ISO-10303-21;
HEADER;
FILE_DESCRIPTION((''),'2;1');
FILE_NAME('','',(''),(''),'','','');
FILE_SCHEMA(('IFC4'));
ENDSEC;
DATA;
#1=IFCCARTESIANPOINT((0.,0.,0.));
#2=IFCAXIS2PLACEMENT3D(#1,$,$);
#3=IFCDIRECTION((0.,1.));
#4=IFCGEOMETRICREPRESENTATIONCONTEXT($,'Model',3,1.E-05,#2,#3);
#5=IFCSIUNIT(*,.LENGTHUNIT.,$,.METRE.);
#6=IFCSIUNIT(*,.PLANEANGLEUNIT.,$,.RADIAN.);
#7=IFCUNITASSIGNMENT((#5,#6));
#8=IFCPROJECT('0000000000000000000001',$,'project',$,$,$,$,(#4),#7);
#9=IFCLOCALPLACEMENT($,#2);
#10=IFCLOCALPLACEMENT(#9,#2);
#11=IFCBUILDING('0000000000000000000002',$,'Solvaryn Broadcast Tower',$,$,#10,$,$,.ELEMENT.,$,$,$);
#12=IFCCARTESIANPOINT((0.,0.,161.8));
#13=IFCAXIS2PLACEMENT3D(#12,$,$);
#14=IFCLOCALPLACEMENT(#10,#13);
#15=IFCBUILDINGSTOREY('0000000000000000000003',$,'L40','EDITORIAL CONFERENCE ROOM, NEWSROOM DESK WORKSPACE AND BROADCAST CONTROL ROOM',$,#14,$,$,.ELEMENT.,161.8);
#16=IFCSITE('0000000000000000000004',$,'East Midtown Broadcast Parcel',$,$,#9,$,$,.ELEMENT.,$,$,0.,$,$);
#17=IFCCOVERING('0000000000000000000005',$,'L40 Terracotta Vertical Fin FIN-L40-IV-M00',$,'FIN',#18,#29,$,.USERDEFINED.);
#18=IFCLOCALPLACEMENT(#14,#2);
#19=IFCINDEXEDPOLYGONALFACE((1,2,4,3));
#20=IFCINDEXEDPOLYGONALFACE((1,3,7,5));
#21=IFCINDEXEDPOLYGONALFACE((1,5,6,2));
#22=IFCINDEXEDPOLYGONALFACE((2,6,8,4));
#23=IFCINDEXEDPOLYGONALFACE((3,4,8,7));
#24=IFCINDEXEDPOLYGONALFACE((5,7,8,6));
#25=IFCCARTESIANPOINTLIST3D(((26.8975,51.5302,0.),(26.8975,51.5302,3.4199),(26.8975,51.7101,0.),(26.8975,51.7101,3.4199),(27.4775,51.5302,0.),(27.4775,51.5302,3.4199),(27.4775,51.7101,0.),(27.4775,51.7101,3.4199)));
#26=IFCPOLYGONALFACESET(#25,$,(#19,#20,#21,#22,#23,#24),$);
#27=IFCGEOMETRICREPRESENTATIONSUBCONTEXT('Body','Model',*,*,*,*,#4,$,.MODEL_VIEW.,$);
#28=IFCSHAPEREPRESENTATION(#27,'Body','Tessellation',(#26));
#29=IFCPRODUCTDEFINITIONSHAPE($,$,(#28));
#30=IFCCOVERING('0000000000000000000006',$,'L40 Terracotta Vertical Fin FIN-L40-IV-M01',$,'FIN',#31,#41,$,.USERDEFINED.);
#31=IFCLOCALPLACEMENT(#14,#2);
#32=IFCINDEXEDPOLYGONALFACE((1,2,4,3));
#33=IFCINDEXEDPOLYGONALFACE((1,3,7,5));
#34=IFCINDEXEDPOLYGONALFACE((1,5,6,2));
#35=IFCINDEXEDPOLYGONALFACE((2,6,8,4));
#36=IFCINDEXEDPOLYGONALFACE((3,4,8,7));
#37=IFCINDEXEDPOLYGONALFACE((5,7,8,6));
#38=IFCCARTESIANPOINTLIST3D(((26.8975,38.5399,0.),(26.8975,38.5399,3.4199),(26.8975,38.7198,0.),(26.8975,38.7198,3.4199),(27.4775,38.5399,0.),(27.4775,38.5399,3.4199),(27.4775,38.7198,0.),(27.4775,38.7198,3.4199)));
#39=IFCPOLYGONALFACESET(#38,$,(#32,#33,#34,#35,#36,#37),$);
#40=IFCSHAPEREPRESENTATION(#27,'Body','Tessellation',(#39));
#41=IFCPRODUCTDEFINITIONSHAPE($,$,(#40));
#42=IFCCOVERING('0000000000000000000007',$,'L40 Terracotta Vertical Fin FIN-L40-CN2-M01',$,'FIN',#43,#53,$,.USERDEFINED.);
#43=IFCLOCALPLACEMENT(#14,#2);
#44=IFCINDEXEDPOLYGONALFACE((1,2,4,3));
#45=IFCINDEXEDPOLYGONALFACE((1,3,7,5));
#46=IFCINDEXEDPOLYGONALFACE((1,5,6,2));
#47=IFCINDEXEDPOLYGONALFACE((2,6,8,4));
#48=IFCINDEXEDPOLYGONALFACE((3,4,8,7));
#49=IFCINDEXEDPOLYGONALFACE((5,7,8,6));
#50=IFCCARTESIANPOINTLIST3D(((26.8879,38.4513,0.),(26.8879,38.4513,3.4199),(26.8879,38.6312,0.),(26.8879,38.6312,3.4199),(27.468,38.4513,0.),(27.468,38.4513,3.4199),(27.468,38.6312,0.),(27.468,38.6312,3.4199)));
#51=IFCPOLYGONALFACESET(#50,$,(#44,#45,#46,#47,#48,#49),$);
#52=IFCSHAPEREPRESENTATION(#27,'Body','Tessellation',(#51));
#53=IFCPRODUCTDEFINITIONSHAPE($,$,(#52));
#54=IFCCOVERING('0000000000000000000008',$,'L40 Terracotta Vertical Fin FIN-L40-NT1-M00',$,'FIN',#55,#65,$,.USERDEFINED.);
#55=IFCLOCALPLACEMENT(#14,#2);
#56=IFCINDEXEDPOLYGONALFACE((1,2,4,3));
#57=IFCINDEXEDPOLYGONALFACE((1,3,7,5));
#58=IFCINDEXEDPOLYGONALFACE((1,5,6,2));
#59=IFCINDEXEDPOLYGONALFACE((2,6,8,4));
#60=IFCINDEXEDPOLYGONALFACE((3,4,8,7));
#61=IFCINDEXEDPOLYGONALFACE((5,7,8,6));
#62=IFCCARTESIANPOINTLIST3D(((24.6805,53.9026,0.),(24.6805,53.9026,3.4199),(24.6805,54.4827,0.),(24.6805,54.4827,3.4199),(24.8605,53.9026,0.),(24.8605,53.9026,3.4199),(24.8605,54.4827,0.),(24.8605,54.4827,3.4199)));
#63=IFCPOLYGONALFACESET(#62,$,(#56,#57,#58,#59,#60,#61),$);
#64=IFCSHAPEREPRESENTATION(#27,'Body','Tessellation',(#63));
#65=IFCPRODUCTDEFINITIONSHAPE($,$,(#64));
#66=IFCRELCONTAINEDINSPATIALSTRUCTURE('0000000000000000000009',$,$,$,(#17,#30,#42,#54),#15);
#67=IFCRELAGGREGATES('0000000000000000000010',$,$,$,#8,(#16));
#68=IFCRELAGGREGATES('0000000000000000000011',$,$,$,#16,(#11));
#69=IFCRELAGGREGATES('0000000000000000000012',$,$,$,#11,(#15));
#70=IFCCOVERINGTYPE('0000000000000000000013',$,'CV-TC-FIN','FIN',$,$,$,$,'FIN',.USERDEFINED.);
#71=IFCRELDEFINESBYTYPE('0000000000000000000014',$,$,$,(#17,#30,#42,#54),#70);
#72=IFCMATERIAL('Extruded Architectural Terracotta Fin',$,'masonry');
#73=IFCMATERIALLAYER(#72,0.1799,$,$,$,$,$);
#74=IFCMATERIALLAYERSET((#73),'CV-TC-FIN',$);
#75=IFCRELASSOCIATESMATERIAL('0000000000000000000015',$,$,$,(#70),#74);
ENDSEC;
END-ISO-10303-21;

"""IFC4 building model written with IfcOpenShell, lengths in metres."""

from ifc_helpers import new_model, si_unit, direction, frame, origin, origin_2d, place, context, subcontext, project, spatial, rectangle, extrude, material, layer, layer_set, type_object, element, save


model = new_model("IFC4")

# Units and contexts
model_context = context("Model", 3, precision=1e-05, world=origin(), true_north=direction((0.0, 1.0)))
body_context = subcontext(model_context, "Body", "Model", "MODEL_VIEW")
ifc_project = project(units=[si_unit("LENGTHUNIT", "METRE"), si_unit("PLANEANGLEUNIT", "RADIAN")], contexts=[model_context])

# Site, building, storey
site_placement = place(None, origin())
site = spatial("IfcSite", under=ifc_project, at=site_placement, Name="East Midtown Broadcast Parcel", CompositionType="ELEMENT", RefElevation=0.0)
building_placement = place(site_placement, origin())
building = spatial("IfcBuilding", under=site, at=building_placement, Name="Solvaryn Broadcast Tower", CompositionType="ELEMENT")
storey_placement = place(building_placement, frame((0.0, 0.0, 161.8)))
storey = spatial("IfcBuildingStorey", under=building, at=storey_placement, Name="L40", Description="EDITORIAL CONFERENCE ROOM, NEWSROOM DESK WORKSPACE AND BROADCAST CONTROL ROOM", CompositionType="ELEMENT", Elevation=161.8)

# Coverings
ifc_material_1 = material(Name="Extruded Architectural Terracotta Fin", Category="masonry")
ifc_layer_1 = layer(ifc_material_1, 0.1799)
ifc_layer_set_1 = layer_set([ifc_layer_1], Name="CV-TC-FIN")
covering_type = type_object("IfcCoveringType", Name="CV-TC-FIN", Description="FIN", ElementType="FIN", PredefinedType="USERDEFINED", material=ifc_layer_set_1)
for number, where, z_axis, x_axis, name in (
    (1, (27.1875, 51.6201, 0.0), (0.0, 0.0, 1.0), (1.0, 0.0, 0.0), "L40 Terracotta Vertical Fin FIN-L40-IV-M00"),
    (2, (27.1875, 38.6299, 0.0), (0.0, 0.0, 1.0), (1.0, 0.0, 0.0), "L40 Terracotta Vertical Fin FIN-L40-IV-M01"),
    (3, (27.178, 38.5413, 0.0), (0.0, 0.0, 1.0), (1.0, 0.0, 0.0), "L40 Terracotta Vertical Fin FIN-L40-CN2-M01"),
):
    element("IfcCovering", number, at=place(storey_placement, frame(where, z_axis=z_axis, x_axis=x_axis)), inside=storey, type_object=covering_type, Name=name, ObjectType="FIN", PredefinedType="USERDEFINED", context=body_context, shape_type="SweptSolid", body=[
        extrude(rectangle(XDim=0.5801, YDim=0.1799, at=origin_2d()), origin(), (0.0, 0.0, 1.0), 3.4199),
    ])
covering_placement = place(storey_placement, frame((24.7705, 54.1926, 0.0), z_axis=(0.0, 0.0, 1.0), x_axis=(1.0, 0.0, 0.0)))
element("IfcCovering", 4, at=covering_placement, inside=storey, type_object=covering_type, Name="L40 Terracotta Vertical Fin FIN-L40-NT1-M00", ObjectType="FIN", PredefinedType="USERDEFINED", context=body_context, shape_type="SweptSolid", body=[
    extrude(rectangle(XDim=0.1799, YDim=0.5801, at=origin_2d()), origin(), (0.0, 0.0, 1.0), 3.4199),
])

save(model, "model.ifc")
